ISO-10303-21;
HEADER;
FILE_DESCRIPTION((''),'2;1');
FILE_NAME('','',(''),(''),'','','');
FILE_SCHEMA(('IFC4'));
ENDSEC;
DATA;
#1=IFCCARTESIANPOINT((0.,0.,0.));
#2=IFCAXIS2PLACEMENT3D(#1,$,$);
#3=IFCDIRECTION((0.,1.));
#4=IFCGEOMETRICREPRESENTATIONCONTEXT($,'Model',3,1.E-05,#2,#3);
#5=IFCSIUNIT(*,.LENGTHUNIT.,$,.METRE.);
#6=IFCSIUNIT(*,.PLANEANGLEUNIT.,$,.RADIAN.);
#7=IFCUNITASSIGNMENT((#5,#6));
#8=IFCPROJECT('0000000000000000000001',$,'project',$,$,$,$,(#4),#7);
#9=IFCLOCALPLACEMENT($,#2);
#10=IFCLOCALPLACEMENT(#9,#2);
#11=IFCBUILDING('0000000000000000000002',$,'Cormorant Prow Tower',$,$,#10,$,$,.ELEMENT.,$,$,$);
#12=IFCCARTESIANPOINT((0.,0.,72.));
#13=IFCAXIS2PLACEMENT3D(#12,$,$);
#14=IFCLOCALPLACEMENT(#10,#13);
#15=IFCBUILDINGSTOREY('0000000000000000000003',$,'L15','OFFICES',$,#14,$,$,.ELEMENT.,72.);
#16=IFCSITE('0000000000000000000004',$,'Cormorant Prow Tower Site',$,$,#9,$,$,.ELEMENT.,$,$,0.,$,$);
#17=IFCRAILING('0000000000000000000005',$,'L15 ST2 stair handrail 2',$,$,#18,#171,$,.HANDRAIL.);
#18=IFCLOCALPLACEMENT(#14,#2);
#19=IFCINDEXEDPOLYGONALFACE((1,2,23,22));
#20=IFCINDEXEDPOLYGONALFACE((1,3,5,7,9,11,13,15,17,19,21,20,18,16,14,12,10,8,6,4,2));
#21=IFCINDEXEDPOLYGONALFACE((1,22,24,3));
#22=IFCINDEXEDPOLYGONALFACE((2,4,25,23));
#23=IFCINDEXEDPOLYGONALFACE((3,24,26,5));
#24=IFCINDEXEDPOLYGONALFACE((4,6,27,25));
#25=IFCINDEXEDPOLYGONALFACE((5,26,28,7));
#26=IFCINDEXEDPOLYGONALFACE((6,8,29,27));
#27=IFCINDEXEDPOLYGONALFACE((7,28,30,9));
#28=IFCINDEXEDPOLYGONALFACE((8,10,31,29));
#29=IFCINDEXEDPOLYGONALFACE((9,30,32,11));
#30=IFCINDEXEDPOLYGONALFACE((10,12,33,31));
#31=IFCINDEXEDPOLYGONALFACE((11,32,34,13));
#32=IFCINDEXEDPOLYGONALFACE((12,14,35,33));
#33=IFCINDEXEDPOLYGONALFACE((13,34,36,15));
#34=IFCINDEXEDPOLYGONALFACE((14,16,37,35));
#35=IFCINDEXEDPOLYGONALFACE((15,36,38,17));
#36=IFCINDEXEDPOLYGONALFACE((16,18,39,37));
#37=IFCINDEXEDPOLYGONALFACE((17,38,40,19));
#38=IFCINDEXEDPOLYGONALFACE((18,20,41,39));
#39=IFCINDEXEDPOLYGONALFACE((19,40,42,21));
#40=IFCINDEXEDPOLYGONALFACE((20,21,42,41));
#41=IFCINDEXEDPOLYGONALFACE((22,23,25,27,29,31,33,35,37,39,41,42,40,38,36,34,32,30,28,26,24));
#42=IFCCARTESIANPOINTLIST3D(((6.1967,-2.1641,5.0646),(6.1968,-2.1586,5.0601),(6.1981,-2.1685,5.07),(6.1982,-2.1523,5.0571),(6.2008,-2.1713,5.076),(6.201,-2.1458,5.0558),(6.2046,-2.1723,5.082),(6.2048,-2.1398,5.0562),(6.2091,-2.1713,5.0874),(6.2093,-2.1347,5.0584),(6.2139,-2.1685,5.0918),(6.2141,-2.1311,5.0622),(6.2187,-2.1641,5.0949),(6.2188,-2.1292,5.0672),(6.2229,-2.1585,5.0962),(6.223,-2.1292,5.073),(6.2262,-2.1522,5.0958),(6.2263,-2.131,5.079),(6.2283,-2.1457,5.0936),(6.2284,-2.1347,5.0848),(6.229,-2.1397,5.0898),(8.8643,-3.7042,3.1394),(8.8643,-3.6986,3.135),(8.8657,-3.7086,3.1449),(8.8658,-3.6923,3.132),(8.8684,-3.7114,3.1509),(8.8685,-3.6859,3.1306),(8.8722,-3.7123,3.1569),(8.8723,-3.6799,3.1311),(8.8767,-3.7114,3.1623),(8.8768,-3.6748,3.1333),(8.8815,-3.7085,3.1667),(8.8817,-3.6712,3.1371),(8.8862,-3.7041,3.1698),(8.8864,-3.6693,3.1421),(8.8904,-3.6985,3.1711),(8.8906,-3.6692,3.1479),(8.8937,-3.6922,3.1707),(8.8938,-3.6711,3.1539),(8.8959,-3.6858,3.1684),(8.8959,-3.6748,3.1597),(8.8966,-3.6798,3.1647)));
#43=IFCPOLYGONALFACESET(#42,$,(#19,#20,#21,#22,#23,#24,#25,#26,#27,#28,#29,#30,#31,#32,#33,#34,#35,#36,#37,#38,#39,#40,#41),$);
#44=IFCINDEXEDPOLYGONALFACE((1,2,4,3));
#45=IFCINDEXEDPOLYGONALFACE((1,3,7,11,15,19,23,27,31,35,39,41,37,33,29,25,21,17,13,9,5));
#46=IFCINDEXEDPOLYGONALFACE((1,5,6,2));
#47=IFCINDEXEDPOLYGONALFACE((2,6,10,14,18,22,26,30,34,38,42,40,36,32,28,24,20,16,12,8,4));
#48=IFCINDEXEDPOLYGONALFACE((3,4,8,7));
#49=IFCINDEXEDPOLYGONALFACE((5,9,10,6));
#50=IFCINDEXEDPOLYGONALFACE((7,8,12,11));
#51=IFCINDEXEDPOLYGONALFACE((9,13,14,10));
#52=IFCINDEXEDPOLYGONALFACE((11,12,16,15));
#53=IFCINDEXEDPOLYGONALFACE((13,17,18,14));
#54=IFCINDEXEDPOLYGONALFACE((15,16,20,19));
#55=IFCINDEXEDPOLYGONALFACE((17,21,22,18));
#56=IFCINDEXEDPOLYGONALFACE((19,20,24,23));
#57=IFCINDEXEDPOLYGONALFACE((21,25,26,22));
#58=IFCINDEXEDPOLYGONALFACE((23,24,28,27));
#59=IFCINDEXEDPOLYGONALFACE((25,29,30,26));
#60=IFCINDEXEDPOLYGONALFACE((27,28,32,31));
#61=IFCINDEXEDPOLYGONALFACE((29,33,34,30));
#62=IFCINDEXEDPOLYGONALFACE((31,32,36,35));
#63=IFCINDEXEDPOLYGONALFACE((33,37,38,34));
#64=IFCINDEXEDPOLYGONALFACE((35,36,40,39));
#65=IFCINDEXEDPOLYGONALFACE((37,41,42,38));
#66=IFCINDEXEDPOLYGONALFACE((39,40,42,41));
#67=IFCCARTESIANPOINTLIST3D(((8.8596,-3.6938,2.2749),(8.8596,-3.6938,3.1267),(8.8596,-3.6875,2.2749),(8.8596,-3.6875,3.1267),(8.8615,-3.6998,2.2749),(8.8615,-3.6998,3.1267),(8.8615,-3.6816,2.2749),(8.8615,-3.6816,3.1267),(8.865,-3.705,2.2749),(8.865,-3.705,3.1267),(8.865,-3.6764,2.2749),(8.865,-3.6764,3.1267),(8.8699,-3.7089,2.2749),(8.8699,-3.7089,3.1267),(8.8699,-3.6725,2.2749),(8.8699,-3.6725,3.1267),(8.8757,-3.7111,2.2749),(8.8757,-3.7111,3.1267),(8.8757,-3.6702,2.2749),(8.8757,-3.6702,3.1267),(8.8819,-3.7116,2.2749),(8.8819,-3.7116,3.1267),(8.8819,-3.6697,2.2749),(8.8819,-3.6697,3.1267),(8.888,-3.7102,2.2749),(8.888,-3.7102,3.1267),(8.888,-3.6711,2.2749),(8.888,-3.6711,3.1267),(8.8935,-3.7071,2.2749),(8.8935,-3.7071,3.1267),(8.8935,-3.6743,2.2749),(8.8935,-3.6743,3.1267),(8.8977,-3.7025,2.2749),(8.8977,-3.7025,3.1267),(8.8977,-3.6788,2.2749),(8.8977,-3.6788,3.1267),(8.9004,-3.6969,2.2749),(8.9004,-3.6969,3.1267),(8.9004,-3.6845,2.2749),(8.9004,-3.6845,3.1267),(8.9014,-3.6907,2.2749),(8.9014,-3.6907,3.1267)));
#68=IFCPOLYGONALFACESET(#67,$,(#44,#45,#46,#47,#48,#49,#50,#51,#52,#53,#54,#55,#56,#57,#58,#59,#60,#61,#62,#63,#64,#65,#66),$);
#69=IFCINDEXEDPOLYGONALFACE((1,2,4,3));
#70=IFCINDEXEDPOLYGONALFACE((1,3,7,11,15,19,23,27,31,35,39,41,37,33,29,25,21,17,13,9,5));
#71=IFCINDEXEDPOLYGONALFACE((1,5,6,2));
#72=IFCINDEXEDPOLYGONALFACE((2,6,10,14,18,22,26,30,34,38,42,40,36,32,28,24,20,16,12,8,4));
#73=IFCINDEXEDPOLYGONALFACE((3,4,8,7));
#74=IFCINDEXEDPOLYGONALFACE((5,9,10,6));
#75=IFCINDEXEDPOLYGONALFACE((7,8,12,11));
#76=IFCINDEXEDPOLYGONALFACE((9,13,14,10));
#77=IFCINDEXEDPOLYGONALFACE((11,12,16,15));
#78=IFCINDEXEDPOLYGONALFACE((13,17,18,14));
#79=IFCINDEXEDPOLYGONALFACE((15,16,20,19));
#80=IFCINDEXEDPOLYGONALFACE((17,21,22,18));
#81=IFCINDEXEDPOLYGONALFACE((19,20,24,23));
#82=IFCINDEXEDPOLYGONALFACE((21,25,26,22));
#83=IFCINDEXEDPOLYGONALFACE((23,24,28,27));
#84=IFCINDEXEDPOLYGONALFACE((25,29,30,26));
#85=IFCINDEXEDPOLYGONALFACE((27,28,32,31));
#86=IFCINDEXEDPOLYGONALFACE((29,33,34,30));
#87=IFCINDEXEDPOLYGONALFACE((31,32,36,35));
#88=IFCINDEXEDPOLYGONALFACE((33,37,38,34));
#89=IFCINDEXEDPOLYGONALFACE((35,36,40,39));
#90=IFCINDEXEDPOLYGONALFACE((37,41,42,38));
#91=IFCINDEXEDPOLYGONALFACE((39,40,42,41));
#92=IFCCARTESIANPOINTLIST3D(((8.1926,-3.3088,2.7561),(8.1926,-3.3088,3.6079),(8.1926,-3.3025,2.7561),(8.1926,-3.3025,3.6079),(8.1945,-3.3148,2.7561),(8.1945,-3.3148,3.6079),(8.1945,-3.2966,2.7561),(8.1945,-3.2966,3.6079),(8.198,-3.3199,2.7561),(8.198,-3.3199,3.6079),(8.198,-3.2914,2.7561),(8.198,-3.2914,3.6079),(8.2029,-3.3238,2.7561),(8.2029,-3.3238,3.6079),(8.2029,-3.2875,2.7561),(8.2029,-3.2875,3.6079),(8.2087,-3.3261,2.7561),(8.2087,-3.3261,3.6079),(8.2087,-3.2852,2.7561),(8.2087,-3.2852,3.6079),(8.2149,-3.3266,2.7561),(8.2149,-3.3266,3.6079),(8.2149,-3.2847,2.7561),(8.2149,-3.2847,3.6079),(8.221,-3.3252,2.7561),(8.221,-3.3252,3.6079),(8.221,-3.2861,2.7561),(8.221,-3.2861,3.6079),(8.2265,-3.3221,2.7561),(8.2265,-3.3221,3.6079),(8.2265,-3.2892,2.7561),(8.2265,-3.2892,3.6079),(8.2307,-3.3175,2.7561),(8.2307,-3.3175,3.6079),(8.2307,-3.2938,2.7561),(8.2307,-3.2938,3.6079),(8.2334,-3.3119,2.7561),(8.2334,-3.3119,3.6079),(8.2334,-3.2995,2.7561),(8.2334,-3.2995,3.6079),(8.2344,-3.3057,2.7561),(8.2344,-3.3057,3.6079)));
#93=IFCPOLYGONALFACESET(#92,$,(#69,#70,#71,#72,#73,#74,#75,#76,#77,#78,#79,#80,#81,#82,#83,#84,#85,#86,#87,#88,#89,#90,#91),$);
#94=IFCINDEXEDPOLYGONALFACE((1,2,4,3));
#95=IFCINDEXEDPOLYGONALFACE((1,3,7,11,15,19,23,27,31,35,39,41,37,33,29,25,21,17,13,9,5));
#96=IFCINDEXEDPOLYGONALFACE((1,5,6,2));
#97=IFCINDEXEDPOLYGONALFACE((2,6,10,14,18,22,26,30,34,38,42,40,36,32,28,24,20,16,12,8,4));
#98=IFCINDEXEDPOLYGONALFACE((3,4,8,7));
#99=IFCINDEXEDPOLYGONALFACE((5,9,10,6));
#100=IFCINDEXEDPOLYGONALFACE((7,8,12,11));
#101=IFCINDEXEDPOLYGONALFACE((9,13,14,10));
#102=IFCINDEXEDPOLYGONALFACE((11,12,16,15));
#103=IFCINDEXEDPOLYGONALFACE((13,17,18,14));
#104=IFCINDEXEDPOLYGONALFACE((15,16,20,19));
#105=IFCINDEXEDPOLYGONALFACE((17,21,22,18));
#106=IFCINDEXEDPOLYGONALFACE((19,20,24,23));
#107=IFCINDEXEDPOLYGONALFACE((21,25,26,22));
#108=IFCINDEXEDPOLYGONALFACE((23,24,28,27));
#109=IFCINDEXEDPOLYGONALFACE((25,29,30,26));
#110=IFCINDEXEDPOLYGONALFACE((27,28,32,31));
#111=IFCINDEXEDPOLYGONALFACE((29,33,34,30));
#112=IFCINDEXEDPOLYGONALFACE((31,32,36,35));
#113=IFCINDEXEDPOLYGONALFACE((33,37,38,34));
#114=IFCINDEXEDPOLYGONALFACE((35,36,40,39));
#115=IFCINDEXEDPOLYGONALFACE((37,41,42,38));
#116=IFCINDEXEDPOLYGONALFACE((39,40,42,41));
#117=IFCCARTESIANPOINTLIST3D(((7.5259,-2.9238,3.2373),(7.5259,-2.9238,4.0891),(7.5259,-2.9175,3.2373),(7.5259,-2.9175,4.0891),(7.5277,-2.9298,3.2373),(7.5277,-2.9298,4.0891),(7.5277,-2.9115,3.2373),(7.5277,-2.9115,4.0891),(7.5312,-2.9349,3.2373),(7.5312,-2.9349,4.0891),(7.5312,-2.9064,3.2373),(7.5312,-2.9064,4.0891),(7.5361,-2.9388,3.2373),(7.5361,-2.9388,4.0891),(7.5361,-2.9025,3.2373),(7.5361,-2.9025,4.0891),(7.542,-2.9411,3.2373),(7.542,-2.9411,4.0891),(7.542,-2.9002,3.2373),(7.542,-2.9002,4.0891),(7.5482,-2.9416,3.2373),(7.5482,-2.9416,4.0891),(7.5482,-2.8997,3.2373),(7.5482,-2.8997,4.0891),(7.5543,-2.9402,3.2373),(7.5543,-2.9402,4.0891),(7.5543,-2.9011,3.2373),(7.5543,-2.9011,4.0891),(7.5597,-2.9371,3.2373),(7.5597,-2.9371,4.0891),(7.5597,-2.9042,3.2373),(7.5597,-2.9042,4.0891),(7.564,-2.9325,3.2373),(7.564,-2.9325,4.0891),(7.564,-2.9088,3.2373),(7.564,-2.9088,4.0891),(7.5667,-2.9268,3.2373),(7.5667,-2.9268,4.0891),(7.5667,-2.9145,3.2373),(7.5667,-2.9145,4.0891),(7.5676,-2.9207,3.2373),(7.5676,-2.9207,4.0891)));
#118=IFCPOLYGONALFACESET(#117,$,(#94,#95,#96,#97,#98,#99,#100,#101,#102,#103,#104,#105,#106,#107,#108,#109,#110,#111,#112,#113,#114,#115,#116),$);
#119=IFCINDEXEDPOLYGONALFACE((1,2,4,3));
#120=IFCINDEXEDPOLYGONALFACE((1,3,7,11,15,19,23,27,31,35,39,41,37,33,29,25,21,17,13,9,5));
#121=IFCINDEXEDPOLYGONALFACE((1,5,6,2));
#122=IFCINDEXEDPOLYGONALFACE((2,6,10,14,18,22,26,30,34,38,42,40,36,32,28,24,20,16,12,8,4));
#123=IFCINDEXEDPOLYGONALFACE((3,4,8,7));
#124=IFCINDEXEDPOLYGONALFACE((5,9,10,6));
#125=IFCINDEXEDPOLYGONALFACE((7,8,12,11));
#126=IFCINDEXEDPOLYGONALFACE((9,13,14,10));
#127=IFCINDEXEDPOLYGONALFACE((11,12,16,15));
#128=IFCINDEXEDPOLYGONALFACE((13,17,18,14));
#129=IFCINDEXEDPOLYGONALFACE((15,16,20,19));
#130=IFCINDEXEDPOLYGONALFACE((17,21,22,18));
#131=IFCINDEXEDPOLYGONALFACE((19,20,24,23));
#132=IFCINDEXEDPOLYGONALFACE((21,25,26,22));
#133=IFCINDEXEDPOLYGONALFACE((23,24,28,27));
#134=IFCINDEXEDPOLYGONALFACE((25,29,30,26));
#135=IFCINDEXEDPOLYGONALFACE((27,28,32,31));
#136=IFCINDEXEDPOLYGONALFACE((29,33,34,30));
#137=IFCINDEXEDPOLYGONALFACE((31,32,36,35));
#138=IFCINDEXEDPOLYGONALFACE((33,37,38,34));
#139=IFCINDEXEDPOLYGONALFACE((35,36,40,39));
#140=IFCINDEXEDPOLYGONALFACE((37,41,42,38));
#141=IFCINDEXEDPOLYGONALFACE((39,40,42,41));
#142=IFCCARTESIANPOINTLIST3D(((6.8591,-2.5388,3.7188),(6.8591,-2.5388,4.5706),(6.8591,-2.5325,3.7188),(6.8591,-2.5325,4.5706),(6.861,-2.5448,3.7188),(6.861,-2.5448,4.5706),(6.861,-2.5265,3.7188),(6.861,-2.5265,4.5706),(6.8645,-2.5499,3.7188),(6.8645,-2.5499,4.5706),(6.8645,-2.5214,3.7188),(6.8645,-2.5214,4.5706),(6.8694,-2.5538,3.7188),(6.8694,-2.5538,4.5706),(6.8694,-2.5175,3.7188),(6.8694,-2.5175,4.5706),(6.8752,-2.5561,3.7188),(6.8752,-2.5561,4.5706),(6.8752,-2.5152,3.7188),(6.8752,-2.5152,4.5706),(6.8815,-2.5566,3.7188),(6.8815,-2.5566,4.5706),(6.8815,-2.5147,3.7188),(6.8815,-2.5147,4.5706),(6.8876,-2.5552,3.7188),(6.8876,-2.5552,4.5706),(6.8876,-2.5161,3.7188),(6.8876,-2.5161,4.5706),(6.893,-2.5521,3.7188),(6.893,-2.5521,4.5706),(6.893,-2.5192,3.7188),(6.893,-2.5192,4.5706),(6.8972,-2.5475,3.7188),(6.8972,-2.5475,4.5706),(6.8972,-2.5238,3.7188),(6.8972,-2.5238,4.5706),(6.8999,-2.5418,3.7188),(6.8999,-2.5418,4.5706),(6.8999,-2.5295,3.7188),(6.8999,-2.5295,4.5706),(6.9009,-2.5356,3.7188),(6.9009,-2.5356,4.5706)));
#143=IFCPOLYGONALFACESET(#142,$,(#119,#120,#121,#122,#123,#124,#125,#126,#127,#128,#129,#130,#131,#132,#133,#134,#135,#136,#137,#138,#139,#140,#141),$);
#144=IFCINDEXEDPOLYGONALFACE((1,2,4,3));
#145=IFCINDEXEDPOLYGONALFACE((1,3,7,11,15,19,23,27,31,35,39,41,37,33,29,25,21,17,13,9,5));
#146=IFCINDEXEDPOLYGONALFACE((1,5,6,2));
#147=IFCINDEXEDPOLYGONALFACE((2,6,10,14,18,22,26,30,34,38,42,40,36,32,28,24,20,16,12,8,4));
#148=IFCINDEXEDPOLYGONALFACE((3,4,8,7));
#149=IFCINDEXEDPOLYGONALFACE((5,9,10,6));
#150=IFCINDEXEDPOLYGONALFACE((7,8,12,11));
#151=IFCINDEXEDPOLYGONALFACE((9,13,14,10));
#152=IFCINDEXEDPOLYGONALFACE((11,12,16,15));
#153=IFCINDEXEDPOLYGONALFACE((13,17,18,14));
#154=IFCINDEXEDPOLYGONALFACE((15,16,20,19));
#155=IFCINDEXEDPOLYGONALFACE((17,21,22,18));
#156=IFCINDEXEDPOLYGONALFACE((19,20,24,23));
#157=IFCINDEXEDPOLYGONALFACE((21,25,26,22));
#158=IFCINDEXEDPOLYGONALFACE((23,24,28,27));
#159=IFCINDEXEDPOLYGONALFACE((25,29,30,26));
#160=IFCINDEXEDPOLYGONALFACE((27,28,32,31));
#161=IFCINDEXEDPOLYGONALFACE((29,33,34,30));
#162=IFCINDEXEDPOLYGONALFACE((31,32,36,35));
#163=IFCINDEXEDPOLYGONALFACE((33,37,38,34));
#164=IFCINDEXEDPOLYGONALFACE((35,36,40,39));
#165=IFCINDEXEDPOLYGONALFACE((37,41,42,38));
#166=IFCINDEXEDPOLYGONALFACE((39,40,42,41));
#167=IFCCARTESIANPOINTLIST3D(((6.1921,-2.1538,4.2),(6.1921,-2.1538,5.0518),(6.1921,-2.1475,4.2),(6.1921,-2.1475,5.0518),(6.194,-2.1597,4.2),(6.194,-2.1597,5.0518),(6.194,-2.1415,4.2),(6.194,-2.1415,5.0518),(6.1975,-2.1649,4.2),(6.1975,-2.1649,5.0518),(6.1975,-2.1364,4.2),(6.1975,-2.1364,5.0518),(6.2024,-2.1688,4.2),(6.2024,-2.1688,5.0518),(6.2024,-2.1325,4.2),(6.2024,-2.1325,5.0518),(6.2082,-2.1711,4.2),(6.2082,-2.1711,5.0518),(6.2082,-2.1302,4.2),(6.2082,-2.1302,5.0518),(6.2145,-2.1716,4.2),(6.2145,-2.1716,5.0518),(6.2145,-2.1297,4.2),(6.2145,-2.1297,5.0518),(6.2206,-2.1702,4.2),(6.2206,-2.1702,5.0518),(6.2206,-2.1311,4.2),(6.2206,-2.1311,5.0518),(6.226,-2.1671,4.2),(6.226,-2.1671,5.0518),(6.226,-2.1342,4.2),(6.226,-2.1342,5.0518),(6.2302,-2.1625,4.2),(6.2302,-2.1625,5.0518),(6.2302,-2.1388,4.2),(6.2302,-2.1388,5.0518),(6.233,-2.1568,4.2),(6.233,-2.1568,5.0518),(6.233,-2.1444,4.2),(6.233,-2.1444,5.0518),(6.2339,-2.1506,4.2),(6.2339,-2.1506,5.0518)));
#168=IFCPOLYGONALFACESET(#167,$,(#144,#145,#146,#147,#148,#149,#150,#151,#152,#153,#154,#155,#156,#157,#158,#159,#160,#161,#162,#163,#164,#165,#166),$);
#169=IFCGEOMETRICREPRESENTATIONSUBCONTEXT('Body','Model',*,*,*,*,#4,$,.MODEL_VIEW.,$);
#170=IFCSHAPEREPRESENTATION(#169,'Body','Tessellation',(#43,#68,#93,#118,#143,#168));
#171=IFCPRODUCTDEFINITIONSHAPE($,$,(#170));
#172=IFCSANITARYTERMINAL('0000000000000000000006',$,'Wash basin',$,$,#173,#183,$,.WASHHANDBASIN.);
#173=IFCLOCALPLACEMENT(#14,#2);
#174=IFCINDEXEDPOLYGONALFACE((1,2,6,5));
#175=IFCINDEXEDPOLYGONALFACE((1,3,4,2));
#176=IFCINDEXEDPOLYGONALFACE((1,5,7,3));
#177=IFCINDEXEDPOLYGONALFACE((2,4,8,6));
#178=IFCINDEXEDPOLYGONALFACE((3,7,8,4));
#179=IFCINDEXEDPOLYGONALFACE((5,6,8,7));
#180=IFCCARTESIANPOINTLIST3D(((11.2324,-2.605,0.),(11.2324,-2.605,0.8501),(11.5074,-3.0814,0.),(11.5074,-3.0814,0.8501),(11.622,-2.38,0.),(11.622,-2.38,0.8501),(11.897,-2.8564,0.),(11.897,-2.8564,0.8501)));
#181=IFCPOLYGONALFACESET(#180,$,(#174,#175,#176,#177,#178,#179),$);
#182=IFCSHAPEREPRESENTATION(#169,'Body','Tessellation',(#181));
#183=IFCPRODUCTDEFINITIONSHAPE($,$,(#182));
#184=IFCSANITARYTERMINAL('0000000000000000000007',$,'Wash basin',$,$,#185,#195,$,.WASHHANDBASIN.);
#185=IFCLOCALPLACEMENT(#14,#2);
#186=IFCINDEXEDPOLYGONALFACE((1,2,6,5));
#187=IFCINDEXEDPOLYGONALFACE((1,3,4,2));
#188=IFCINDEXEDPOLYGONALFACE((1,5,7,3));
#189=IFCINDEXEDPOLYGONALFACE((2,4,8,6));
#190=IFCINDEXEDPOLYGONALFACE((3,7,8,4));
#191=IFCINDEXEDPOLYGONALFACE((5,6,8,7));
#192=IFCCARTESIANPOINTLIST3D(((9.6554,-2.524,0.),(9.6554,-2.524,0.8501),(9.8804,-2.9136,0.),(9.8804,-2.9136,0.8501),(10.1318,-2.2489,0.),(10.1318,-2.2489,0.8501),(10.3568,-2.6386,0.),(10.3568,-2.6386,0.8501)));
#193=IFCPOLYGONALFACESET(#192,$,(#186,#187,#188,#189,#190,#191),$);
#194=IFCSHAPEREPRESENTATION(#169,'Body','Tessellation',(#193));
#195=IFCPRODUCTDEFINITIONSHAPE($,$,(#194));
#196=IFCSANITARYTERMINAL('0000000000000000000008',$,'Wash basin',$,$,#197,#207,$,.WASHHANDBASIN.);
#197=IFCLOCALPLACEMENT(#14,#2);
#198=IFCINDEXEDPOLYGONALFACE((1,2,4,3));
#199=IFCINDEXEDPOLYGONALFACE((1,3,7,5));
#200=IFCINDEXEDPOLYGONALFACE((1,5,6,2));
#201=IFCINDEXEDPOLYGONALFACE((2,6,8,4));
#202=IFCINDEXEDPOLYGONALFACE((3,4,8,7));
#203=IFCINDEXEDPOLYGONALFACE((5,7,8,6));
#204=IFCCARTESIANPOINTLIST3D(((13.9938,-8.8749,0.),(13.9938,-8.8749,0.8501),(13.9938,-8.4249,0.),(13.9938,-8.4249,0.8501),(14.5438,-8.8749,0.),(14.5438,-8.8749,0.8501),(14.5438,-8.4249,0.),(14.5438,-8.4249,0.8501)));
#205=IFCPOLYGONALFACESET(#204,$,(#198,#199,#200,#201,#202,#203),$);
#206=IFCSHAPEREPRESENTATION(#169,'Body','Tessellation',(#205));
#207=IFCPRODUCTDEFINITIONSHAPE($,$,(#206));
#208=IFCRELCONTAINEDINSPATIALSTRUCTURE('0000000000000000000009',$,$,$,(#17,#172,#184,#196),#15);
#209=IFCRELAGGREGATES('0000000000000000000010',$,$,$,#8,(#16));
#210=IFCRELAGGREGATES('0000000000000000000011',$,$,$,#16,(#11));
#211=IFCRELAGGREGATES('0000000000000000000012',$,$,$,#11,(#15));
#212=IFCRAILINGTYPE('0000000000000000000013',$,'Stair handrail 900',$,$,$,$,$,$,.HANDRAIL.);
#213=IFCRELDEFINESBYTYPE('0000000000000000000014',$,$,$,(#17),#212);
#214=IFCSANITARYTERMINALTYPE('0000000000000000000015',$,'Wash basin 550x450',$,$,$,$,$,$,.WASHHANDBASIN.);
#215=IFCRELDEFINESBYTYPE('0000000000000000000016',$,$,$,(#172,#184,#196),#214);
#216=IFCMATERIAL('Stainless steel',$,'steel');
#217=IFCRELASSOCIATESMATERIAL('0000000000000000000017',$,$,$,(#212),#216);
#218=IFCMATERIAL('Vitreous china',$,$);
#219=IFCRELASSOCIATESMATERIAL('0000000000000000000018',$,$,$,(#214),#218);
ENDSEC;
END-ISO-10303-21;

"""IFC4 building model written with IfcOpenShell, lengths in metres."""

from ifc_helpers import new_model, si_unit, direction, frame, origin, origin_2d, place, context, subcontext, project, spatial, rectangle, circle, extrude, material, type_object, element, save


model = new_model("IFC4")

# Units and contexts
model_context = context("Model", 3, precision=1e-05, world=origin(), true_north=direction((0.0, 1.0)))
body_context = subcontext(model_context, "Body", "Model", "MODEL_VIEW")
ifc_project = project(units=[si_unit("LENGTHUNIT", "METRE"), si_unit("PLANEANGLEUNIT", "RADIAN")], contexts=[model_context])

# Site, building, storey
site_placement = place(None, origin())
site = spatial("IfcSite", under=ifc_project, at=site_placement, Name="Cormorant Prow Tower Site", CompositionType="ELEMENT", RefElevation=0.0)
building_placement = place(site_placement, origin())
building = spatial("IfcBuilding", under=site, at=building_placement, Name="Cormorant Prow Tower", CompositionType="ELEMENT")
storey_placement = place(building_placement, frame((0.0, 0.0, 72.0)))
storey = spatial("IfcBuildingStorey", under=building, at=storey_placement, Name="L15", Description="OFFICES", CompositionType="ELEMENT", Elevation=72.0)

# Railing
ifc_material_1 = material(Name="Stainless steel", Category="steel")
railing_type_1 = type_object("IfcRailingType", Name="Stair handrail 900", PredefinedType="HANDRAIL", material=ifc_material_1)
railing_1_placement = place(storey_placement, frame((8.8804, -3.6907, 2.2749)))
element("IfcRailing", 1, at=railing_1_placement, inside=storey, type_object=railing_type_1, Name="L15 ST2 stair handrail 2", PredefinedType="HANDRAIL", context=body_context, shape_type="SweptSolid", body=[
    extrude(circle(Radius=0.0239, at=origin_2d()), frame((0.0, 0.0, 0.876), z_axis=(-0.734395, 0.423994, 0.529993), x_axis=(-0.499992, -0.86603, 0.0)), (0.0, 0.0, 1.0), 3.6323),
    extrude(circle(Radius=0.021, at=origin_2d()), origin(), (0.0, 0.0, 1.0), 0.8518),
    extrude(circle(Radius=0.021, at=origin_2d()), frame((-0.667, 0.385, 0.4812)), (0.0, 0.0, 1.0), 0.8518),
    extrude(circle(Radius=0.021, at=origin_2d()), frame((-1.3337, 0.77, 0.9624)), (0.0, 0.0, 1.0), 0.8518),
    extrude(circle(Radius=0.021, at=origin_2d()), frame((-2.0005, 1.155, 1.4438)), (0.0, 0.0, 1.0), 0.8518),
    extrude(circle(Radius=0.021, at=origin_2d()), frame((-2.6675, 1.54, 1.925)), (0.0, 0.0, 1.0), 0.8518),
])

# Sanitary terminals
ifc_material_2 = material(Name="Vitreous china")
sanitary_terminal_type_1 = type_object("IfcSanitaryTerminalType", Name="Wash basin 550x450", PredefinedType="WASHHANDBASIN", material=ifc_material_2)
for number, where, z_axis, x_axis, name in (
    (2, (11.5647, -2.7307, 0.0), (0.0, 0.0, 1.0), (-0.499985, 0.866034, 0.0), "Wash basin"),
    (3, (10.0061, -2.5813, 0.0), (0.0, 0.0, 1.0), (-0.866017, -0.500015, 0.0), "Wash basin"),
    (4, (14.2688, -8.6499, 0.0), (0.0, 0.0, 1.0), (1.0, 0.0, 0.0), "Wash basin"),
):
    element("IfcSanitaryTerminal", number, at=place(storey_placement, frame(where, z_axis=z_axis, x_axis=x_axis)), inside=storey, type_object=sanitary_terminal_type_1, Name=name, PredefinedType="WASHHANDBASIN", context=body_context, shape_type="SweptSolid", body=[
        extrude(rectangle(XDim=0.55, YDim=0.45, at=origin_2d()), origin(), (0.0, 0.0, 1.0), 0.8501),
    ])

save(model, "model.ifc")
